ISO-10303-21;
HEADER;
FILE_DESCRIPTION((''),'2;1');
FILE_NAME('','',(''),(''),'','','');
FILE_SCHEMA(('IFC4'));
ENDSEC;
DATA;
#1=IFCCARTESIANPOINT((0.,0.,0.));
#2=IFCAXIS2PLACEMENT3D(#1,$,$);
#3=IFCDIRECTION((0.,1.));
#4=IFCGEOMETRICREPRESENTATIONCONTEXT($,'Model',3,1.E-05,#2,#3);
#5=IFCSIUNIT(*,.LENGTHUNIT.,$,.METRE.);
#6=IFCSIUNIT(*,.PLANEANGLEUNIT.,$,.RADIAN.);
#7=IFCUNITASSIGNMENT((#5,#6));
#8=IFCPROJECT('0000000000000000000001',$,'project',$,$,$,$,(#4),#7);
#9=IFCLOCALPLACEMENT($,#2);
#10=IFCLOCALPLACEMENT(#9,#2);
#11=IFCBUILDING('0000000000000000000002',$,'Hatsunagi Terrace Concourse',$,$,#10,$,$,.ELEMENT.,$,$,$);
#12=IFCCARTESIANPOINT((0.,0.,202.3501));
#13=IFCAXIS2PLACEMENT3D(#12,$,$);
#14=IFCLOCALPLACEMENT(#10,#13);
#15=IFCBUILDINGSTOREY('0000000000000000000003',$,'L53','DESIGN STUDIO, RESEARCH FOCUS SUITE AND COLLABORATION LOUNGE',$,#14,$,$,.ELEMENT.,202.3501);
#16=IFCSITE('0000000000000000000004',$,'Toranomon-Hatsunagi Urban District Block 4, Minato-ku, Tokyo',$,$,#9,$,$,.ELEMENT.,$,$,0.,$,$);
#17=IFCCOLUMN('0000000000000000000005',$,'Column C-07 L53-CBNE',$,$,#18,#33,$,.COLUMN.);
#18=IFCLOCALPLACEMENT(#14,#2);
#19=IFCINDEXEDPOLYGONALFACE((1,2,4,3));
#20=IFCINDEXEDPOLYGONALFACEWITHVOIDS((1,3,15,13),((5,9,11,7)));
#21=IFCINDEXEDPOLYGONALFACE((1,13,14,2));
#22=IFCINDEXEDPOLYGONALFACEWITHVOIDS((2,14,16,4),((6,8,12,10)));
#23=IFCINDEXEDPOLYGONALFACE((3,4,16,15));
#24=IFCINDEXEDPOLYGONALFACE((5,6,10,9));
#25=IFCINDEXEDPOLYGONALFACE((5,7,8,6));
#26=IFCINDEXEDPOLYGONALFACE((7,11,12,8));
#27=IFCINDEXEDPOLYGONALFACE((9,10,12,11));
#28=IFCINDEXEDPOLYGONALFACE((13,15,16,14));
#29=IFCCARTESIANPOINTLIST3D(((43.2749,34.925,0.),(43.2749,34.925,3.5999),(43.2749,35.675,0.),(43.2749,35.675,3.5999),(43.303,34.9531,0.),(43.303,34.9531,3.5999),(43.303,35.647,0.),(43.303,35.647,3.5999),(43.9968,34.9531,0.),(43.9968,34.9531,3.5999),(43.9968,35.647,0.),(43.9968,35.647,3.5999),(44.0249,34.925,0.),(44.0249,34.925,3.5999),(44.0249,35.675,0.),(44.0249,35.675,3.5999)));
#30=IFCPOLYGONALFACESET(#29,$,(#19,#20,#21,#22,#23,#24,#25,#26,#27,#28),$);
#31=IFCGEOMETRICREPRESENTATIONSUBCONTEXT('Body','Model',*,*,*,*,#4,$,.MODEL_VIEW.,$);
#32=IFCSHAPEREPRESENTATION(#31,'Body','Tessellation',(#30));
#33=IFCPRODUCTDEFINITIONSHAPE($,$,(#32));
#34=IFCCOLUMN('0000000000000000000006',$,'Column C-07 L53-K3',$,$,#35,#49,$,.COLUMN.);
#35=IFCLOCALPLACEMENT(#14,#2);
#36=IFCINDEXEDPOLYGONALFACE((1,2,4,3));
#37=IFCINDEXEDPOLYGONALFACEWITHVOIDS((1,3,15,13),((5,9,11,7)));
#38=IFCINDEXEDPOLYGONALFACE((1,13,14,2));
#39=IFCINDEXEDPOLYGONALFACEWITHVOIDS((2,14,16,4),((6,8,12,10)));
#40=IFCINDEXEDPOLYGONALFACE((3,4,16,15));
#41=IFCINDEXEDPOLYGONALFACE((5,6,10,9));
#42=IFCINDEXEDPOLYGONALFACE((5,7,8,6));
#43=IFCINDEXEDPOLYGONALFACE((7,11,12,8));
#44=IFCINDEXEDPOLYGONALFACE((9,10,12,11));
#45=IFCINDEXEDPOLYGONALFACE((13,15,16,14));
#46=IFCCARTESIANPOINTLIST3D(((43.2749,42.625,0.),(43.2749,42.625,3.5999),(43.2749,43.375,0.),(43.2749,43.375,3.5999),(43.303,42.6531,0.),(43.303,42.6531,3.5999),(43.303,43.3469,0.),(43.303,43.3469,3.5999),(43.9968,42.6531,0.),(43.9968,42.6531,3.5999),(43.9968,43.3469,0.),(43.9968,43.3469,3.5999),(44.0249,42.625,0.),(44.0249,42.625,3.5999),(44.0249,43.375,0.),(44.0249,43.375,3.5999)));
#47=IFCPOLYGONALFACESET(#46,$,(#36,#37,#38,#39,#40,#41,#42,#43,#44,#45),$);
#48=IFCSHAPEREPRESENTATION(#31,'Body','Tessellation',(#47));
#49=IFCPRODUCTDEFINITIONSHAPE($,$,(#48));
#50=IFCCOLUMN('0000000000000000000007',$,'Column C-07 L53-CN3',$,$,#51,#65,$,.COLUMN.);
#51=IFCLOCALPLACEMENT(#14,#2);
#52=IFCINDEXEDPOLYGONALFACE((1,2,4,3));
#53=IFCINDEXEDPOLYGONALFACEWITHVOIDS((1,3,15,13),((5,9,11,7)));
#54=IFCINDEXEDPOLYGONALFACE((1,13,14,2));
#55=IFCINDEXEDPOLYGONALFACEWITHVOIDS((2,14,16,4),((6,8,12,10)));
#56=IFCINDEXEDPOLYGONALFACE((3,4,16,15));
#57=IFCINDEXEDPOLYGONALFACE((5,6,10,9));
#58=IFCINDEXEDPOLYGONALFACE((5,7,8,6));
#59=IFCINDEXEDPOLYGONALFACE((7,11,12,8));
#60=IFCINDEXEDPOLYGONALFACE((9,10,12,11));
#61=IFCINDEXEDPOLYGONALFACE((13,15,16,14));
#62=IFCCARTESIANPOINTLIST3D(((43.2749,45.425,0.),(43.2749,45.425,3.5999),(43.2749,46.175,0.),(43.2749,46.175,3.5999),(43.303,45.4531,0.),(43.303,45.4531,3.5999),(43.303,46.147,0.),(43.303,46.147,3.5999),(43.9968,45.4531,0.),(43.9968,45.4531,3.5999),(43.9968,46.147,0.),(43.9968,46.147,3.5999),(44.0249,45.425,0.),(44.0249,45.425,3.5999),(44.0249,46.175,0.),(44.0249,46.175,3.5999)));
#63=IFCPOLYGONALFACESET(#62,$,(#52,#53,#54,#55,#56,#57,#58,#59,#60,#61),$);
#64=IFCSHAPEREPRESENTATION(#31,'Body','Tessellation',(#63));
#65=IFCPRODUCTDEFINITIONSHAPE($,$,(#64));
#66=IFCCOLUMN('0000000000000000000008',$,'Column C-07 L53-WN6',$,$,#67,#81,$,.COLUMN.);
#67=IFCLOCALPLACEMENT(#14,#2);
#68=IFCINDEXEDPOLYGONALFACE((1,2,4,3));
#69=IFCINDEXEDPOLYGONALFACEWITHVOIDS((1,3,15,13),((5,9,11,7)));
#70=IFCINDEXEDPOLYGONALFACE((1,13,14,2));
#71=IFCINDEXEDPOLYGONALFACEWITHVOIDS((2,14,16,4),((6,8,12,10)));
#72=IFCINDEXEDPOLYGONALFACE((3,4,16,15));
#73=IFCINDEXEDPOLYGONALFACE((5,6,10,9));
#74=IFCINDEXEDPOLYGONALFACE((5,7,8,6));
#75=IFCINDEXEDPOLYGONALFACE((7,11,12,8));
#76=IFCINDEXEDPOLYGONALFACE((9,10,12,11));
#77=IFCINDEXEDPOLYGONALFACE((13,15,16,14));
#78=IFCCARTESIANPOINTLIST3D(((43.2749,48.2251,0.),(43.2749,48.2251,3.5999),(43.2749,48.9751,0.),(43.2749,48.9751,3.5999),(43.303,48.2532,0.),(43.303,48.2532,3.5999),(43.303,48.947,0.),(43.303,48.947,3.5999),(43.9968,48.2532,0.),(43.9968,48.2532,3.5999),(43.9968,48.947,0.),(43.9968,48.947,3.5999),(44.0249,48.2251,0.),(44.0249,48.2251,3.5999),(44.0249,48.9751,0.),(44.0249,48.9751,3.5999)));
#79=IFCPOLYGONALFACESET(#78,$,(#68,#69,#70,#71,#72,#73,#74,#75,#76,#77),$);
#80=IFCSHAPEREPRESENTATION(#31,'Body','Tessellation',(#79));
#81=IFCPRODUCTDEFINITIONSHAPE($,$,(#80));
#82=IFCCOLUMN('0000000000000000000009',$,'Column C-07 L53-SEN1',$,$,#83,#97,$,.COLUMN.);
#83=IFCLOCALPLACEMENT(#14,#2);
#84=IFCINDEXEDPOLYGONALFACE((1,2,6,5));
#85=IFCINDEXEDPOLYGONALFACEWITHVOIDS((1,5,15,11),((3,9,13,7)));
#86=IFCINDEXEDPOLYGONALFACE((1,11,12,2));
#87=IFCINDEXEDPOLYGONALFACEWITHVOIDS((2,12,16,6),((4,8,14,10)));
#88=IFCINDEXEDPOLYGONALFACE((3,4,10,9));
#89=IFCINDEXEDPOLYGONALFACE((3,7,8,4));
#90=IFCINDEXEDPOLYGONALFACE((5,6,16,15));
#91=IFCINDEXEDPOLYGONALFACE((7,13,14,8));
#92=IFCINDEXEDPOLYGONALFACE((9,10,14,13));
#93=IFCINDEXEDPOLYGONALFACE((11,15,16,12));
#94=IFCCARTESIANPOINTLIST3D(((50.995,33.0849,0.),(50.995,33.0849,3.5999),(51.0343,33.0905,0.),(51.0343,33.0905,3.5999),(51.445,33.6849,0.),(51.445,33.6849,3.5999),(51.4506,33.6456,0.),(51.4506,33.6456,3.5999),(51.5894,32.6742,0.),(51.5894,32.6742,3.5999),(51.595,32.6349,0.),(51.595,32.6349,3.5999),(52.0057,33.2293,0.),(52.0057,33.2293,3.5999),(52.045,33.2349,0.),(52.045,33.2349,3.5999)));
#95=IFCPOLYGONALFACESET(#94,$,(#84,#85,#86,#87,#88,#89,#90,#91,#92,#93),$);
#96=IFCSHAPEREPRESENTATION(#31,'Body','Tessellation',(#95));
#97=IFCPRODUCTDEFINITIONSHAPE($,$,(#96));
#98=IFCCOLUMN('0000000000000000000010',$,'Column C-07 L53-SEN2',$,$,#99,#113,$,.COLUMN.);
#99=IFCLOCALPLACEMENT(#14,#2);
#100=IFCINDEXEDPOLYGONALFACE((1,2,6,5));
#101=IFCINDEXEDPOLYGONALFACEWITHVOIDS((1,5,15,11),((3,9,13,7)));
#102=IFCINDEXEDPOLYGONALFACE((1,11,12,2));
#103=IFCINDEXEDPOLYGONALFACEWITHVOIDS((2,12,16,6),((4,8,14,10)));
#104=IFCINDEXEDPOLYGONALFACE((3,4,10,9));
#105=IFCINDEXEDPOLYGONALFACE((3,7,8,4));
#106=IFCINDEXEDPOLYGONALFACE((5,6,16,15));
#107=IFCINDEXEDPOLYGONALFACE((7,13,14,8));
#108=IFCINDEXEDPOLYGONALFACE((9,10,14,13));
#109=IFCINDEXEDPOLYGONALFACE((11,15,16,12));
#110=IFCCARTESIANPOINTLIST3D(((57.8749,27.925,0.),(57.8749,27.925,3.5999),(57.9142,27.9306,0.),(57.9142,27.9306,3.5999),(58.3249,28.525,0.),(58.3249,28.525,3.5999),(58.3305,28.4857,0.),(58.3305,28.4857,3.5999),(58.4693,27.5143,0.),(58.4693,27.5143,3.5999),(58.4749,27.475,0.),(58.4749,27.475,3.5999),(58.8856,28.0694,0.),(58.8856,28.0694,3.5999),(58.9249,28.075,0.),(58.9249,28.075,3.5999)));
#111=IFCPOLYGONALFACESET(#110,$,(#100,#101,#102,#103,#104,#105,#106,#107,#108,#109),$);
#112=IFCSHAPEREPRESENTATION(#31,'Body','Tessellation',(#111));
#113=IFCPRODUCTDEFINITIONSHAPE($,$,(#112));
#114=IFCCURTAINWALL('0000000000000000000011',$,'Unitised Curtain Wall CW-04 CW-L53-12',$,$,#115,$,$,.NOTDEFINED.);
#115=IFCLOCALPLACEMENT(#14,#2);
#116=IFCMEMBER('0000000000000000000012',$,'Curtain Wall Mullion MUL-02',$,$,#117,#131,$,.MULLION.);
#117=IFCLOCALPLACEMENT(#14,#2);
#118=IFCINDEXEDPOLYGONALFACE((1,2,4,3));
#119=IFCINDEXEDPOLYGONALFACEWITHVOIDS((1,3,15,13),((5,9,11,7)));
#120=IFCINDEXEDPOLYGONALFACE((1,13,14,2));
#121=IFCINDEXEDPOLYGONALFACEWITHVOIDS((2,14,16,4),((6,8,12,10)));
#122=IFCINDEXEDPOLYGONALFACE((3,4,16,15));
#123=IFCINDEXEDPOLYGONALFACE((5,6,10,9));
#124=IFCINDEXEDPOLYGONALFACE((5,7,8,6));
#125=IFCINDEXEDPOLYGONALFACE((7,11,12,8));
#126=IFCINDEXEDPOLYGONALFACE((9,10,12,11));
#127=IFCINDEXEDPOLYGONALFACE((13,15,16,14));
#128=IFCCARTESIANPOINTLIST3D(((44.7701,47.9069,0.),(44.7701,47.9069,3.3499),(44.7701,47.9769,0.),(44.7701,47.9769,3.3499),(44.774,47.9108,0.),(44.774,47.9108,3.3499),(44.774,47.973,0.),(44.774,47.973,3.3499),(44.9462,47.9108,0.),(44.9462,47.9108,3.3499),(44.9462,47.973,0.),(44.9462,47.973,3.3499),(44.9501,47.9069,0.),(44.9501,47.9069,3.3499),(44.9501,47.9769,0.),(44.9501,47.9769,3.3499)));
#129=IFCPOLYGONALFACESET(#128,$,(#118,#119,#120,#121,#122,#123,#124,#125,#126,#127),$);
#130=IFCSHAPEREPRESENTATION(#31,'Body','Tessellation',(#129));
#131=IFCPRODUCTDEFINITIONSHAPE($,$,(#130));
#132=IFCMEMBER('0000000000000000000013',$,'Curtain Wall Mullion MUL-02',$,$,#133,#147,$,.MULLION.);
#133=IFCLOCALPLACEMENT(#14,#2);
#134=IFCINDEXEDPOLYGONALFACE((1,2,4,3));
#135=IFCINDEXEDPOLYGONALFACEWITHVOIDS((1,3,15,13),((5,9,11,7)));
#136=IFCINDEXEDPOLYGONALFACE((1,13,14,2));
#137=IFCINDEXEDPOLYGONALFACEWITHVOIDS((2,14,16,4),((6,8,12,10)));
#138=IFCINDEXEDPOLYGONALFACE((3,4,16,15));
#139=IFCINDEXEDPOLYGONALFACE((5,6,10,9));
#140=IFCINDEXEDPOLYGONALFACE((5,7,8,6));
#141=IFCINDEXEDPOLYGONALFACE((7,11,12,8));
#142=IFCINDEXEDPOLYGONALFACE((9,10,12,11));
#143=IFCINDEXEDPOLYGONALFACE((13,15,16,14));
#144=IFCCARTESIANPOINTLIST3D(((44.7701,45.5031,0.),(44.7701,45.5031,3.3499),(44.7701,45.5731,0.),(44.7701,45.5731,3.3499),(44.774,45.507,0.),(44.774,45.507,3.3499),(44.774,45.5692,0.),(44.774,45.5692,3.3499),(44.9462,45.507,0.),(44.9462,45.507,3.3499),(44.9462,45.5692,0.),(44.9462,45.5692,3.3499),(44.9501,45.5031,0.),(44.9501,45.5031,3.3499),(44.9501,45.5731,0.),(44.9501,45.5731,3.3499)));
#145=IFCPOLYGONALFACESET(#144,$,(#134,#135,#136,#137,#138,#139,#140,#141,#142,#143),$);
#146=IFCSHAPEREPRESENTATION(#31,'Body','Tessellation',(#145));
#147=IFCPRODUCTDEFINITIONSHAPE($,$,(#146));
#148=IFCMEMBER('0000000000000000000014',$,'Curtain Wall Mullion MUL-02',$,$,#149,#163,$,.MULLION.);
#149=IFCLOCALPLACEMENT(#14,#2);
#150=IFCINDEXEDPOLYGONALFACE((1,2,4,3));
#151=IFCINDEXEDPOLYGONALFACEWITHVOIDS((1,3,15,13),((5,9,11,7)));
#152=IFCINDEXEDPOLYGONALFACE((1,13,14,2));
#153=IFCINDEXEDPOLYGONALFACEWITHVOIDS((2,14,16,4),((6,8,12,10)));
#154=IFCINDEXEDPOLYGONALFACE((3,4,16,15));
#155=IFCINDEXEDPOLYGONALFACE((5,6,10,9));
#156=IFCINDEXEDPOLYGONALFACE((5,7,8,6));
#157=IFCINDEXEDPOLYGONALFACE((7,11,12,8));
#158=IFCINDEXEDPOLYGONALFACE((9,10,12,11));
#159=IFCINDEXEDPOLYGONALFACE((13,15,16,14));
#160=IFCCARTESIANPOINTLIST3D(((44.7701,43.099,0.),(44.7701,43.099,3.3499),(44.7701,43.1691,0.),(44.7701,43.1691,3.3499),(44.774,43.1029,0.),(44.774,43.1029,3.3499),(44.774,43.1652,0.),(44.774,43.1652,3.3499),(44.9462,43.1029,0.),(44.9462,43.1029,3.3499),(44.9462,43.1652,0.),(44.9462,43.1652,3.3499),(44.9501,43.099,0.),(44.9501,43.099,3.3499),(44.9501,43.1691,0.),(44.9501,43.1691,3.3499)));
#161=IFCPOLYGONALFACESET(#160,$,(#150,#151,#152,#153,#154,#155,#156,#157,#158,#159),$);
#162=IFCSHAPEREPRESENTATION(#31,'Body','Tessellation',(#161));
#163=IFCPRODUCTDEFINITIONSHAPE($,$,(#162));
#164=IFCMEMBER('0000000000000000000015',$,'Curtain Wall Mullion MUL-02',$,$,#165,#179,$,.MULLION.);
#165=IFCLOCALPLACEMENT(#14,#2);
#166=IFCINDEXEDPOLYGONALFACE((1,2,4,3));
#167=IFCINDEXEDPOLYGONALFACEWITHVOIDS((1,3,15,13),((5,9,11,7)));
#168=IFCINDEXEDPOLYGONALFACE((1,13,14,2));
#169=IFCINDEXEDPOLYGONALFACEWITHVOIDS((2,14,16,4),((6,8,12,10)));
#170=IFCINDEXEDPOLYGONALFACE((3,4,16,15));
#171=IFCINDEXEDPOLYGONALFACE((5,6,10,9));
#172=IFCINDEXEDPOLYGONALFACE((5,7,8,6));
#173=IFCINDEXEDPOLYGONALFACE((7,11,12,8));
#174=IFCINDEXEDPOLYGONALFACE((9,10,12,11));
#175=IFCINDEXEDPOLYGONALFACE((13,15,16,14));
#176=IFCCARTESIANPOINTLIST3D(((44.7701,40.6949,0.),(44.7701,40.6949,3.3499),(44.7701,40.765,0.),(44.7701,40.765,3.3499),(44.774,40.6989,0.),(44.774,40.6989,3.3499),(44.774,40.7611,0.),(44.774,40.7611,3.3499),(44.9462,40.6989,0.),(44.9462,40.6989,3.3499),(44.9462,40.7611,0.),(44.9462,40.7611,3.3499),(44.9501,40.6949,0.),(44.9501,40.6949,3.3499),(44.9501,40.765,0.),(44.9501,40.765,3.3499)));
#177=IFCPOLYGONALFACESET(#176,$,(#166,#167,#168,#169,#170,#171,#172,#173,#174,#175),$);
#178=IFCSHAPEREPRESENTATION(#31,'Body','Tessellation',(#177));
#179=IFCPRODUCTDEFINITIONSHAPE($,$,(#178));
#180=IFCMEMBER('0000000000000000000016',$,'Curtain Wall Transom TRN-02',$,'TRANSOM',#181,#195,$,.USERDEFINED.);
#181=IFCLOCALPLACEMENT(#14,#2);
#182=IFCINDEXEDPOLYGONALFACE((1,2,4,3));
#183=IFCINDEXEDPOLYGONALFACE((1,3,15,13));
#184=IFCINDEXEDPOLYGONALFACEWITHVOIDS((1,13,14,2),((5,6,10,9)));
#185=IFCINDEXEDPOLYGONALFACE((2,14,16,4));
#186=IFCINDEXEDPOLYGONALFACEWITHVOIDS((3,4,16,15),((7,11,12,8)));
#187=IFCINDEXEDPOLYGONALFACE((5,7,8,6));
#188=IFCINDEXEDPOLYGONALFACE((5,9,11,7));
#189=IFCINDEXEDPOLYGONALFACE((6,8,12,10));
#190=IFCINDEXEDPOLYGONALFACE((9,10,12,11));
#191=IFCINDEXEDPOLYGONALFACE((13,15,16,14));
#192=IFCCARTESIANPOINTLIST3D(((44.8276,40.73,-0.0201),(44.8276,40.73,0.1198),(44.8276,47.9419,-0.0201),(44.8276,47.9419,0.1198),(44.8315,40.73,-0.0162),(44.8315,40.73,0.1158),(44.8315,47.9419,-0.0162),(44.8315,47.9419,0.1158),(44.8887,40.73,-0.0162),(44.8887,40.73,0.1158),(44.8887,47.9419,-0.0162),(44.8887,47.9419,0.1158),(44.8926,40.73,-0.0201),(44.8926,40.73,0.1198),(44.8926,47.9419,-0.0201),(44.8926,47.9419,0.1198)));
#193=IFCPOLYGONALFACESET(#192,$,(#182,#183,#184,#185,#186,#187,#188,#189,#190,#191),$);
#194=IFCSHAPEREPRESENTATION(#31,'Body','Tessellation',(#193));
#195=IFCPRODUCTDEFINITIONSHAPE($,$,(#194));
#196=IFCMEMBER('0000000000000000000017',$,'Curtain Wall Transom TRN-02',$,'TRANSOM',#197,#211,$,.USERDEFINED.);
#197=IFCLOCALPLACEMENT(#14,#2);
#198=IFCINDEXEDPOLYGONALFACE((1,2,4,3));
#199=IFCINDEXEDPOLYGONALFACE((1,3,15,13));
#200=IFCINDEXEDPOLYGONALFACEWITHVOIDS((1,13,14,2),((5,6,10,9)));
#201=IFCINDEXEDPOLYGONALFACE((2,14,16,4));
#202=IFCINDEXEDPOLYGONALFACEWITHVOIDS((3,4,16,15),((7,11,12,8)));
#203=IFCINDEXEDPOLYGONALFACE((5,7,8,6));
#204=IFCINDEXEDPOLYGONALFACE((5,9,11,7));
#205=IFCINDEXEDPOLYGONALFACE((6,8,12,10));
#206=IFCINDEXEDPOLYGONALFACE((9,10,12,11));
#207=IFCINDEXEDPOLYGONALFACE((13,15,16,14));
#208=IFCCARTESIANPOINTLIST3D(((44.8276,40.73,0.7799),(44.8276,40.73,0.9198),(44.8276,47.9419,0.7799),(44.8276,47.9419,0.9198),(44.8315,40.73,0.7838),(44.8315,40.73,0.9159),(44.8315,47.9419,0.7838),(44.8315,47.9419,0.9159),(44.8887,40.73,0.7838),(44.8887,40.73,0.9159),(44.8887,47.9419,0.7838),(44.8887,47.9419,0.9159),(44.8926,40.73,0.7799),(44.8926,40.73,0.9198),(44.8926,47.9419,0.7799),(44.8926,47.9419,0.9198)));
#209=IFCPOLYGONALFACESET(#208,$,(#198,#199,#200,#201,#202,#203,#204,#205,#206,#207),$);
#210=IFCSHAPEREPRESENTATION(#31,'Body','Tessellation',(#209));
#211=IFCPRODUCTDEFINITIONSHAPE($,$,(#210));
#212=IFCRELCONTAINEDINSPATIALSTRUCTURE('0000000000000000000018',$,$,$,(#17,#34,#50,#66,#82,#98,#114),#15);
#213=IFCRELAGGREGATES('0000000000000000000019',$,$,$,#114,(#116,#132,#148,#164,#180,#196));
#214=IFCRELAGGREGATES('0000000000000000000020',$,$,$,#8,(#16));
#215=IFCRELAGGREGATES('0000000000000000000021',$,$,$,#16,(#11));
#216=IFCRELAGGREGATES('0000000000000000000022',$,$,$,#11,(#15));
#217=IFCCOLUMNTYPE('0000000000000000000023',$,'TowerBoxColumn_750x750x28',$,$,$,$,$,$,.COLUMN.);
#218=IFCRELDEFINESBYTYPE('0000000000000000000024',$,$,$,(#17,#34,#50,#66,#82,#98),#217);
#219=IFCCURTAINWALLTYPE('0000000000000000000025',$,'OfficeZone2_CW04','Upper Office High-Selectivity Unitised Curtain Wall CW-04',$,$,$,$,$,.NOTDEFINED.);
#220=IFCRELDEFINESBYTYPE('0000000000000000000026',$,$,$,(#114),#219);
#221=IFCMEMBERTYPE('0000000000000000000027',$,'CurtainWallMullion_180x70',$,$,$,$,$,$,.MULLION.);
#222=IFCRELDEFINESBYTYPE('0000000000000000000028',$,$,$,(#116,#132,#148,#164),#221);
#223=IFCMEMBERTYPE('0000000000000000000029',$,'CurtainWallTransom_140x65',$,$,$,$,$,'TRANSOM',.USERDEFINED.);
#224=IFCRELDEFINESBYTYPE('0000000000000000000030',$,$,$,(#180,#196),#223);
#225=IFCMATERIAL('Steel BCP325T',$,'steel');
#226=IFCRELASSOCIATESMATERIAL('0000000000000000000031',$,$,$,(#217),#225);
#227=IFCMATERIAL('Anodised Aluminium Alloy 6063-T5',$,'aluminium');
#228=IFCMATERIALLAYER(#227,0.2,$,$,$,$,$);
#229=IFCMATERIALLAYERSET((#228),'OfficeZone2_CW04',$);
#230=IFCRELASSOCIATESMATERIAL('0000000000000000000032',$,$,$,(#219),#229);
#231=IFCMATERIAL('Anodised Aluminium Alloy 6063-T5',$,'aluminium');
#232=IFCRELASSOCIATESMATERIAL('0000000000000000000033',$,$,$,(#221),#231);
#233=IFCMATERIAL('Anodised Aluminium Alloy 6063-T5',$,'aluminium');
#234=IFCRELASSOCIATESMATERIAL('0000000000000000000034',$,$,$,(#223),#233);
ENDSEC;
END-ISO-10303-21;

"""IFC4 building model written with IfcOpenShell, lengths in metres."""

from ifc_helpers import new_model, si_unit, direction, frame, origin, origin_2d, place, context, subcontext, project, spatial, hollow_rectangle, extrude, material, layer, layer_set, material_profile, profile_set, type_object, element, aggregate, save


model = new_model("IFC4")

# Units and contexts
model_context = context("Model", 3, precision=1e-05, world=origin(), true_north=direction((0.0, 1.0)))
body_context = subcontext(model_context, "Body", "Model", "MODEL_VIEW")
ifc_project = project(units=[si_unit("LENGTHUNIT", "METRE"), si_unit("PLANEANGLEUNIT", "RADIAN")], contexts=[model_context])

# Site, building, storey
site_placement = place(None, origin())
site = spatial("IfcSite", under=ifc_project, at=site_placement, Name="Toranomon-Hatsunagi Urban District Block 4, Minato-ku, Tokyo", CompositionType="ELEMENT", RefElevation=0.0)
building_placement = place(site_placement, origin())
building = spatial("IfcBuilding", under=site, at=building_placement, Name="Hatsunagi Terrace Concourse", CompositionType="ELEMENT")
storey_placement = place(building_placement, frame((0.0, 0.0, 202.3501)))
storey = spatial("IfcBuildingStorey", under=building, at=storey_placement, Name="L53", Description="DESIGN STUDIO, RESEARCH FOCUS SUITE AND COLLABORATION LOUNGE", CompositionType="ELEMENT", Elevation=202.3501)

# Columns
ifc_material_1 = material(Name="Steel BCP325T", Category="steel")
ifc_material_profile_1 = material_profile(ifc_material_1, hollow_rectangle(XDim=0.75, YDim=0.75, WallThickness=0.0281, at=origin_2d()), Name="BCP-750x750x28")
ifc_profile_set_1 = profile_set([ifc_material_profile_1], Name="Steel BCP325T")
column_type = type_object("IfcColumnType", Name="TowerBoxColumn_750x750x28", PredefinedType="COLUMN", material=ifc_profile_set_1)
for number, where, z_axis, x_axis, name in (
    (1, (43.6499, 35.3, 0.0), (0.0, 0.0, 1.0), (1.0, 0.0, 0.0), "Column C-07 L53-CBNE"),
    (2, (43.6499, 43.0, 0.0), (0.0, 0.0, 1.0), (1.0, 0.0, 0.0), "Column C-07 L53-K3"),
    (3, (43.6499, 45.8, 0.0), (0.0, 0.0, 1.0), (1.0, 0.0, 0.0), "Column C-07 L53-CN3"),
    (4, (43.6499, 48.6001, 0.0), (0.0, 0.0, 1.0), (1.0, 0.0, 0.0), "Column C-07 L53-WN6"),
    (5, (51.52, 33.1599, 0.0), (0.0, 0.0, 1.0), (0.8, -0.6, 0.0), "Column C-07 L53-SEN1"),
    (6, (58.3999, 28.0, 0.0), (0.0, 0.0, 1.0), (0.8, -0.6, 0.0), "Column C-07 L53-SEN2"),
):
    element("IfcColumn", number, at=place(storey_placement, frame(where, z_axis=z_axis, x_axis=x_axis)), inside=storey, type_object=column_type, Name=name, PredefinedType="COLUMN", context=body_context, shape_type="SweptSolid", body=[
        extrude(hollow_rectangle(XDim=0.75, YDim=0.75, WallThickness=0.0281, at=origin_2d()), origin(), (0.0, 0.0, 1.0), 3.5999),
    ])

# Curtain wall, members
ifc_material_2 = material(Name="Anodised Aluminium Alloy 6063-T5", Category="aluminium")
ifc_layer_1 = layer(ifc_material_2, 0.2)
ifc_layer_set_1 = layer_set([ifc_layer_1], Name="OfficeZone2_CW04")
curtain_wall_type = type_object("IfcCurtainWallType", Name="OfficeZone2_CW04", Description="Upper Office High-Selectivity Unitised Curtain Wall CW-04", PredefinedType="NOTDEFINED", material=ifc_layer_set_1)
curtain_wall_placement = place(storey_placement, origin())
curtain_wall = element("IfcCurtainWall", 7, at=curtain_wall_placement, inside=storey, type_object=curtain_wall_type, Name="Unitised Curtain Wall CW-04 CW-L53-12", PredefinedType="NOTDEFINED")
ifc_material_3 = material(Name="Anodised Aluminium Alloy 6063-T5", Category="aluminium")
ifc_material_profile_2 = material_profile(ifc_material_3, hollow_rectangle(XDim=0.0701, YDim=0.1799, WallThickness=0.0039, at=origin_2d()), Name="ALU-MUL-180x70x4")
ifc_profile_set_2 = profile_set([ifc_material_profile_2], Name="Anodised Aluminium Alloy 6063-T5")
member_type_1 = type_object("IfcMemberType", Name="CurtainWallMullion_180x70", PredefinedType="MULLION", material=ifc_profile_set_2)
member_1_placement = place(storey_placement, frame((44.8601, 47.9419, 0.0), z_axis=(0.0, 0.0, 1.0), x_axis=(0.0, -1.0, 0.0)))
member_1 = element("IfcMember", 8, at=member_1_placement, type_object=member_type_1, Name="Curtain Wall Mullion MUL-02", PredefinedType="MULLION", context=body_context, shape_type="SweptSolid", body=[
    extrude(hollow_rectangle(XDim=0.0701, YDim=0.1799, WallThickness=0.0039, at=origin_2d()), origin(), (0.0, 0.0, 1.0), 3.3499),
])
member_2_placement = place(storey_placement, frame((44.8601, 45.5381, 0.0), z_axis=(0.0, 0.0, 1.0), x_axis=(0.0, -1.0, 0.0)))
member_2 = element("IfcMember", 9, at=member_2_placement, type_object=member_type_1, Name="Curtain Wall Mullion MUL-02", PredefinedType="MULLION", context=body_context, shape_type="SweptSolid", body=[
    extrude(hollow_rectangle(XDim=0.0701, YDim=0.1799, WallThickness=0.0039, at=origin_2d()), origin(), (0.0, 0.0, 1.0), 3.3499),
])
member_3_placement = place(storey_placement, frame((44.8601, 43.134, 0.0), z_axis=(0.0, 0.0, 1.0), x_axis=(0.0, -1.0, 0.0)))
member_3 = element("IfcMember", 10, at=member_3_placement, type_object=member_type_1, Name="Curtain Wall Mullion MUL-02", PredefinedType="MULLION", context=body_context, shape_type="SweptSolid", body=[
    extrude(hollow_rectangle(XDim=0.0701, YDim=0.1799, WallThickness=0.0039, at=origin_2d()), origin(), (0.0, 0.0, 1.0), 3.3499),
])
member_4_placement = place(storey_placement, frame((44.8601, 40.73, 0.0), z_axis=(0.0, 0.0, 1.0), x_axis=(0.0, -1.0, 0.0)))
member_4 = element("IfcMember", 11, at=member_4_placement, type_object=member_type_1, Name="Curtain Wall Mullion MUL-02", PredefinedType="MULLION", context=body_context, shape_type="SweptSolid", body=[
    extrude(hollow_rectangle(XDim=0.0701, YDim=0.1799, WallThickness=0.0039, at=origin_2d()), origin(), (0.0, 0.0, 1.0), 3.3499),
])
ifc_material_4 = material(Name="Anodised Aluminium Alloy 6063-T5", Category="aluminium")
ifc_material_profile_3 = material_profile(ifc_material_4, hollow_rectangle(XDim=0.0649, YDim=0.1399, WallThickness=0.0039, at=origin_2d()), Name="ALU-TRN-140x65x4")
ifc_profile_set_3 = profile_set([ifc_material_profile_3], Name="Anodised Aluminium Alloy 6063-T5")
member_type_2 = type_object("IfcMemberType", Name="CurtainWallTransom_140x65", ElementType="TRANSOM", PredefinedType="USERDEFINED", material=ifc_profile_set_3)
member_5_placement = place(storey_placement, frame((44.8601, 47.9419, 0.0498), z_axis=(0.0, -1.0, 0.0), x_axis=(1.0, 0.0, 0.0)))
member_5 = element("IfcMember", 12, at=member_5_placement, type_object=member_type_2, Name="Curtain Wall Transom TRN-02", ObjectType="TRANSOM", PredefinedType="USERDEFINED", context=body_context, shape_type="SweptSolid", body=[
    extrude(hollow_rectangle(XDim=0.0649, YDim=0.1399, WallThickness=0.0039, at=origin_2d()), origin(), (0.0, 0.0, 1.0), 7.2119),
])
member_6_placement = place(storey_placement, frame((44.8601, 47.9419, 0.8499), z_axis=(0.0, -1.0, 0.0), x_axis=(1.0, 0.0, 0.0)))
member_6 = element("IfcMember", 13, at=member_6_placement, type_object=member_type_2, Name="Curtain Wall Transom TRN-02", ObjectType="TRANSOM", PredefinedType="USERDEFINED", context=body_context, shape_type="SweptSolid", body=[
    extrude(hollow_rectangle(XDim=0.0649, YDim=0.1399, WallThickness=0.0039, at=origin_2d()), origin(), (0.0, 0.0, 1.0), 7.2119),
])

aggregate(curtain_wall, [member_1, member_2, member_3, member_4, member_5, member_6])

save(model, "model.ifc")
